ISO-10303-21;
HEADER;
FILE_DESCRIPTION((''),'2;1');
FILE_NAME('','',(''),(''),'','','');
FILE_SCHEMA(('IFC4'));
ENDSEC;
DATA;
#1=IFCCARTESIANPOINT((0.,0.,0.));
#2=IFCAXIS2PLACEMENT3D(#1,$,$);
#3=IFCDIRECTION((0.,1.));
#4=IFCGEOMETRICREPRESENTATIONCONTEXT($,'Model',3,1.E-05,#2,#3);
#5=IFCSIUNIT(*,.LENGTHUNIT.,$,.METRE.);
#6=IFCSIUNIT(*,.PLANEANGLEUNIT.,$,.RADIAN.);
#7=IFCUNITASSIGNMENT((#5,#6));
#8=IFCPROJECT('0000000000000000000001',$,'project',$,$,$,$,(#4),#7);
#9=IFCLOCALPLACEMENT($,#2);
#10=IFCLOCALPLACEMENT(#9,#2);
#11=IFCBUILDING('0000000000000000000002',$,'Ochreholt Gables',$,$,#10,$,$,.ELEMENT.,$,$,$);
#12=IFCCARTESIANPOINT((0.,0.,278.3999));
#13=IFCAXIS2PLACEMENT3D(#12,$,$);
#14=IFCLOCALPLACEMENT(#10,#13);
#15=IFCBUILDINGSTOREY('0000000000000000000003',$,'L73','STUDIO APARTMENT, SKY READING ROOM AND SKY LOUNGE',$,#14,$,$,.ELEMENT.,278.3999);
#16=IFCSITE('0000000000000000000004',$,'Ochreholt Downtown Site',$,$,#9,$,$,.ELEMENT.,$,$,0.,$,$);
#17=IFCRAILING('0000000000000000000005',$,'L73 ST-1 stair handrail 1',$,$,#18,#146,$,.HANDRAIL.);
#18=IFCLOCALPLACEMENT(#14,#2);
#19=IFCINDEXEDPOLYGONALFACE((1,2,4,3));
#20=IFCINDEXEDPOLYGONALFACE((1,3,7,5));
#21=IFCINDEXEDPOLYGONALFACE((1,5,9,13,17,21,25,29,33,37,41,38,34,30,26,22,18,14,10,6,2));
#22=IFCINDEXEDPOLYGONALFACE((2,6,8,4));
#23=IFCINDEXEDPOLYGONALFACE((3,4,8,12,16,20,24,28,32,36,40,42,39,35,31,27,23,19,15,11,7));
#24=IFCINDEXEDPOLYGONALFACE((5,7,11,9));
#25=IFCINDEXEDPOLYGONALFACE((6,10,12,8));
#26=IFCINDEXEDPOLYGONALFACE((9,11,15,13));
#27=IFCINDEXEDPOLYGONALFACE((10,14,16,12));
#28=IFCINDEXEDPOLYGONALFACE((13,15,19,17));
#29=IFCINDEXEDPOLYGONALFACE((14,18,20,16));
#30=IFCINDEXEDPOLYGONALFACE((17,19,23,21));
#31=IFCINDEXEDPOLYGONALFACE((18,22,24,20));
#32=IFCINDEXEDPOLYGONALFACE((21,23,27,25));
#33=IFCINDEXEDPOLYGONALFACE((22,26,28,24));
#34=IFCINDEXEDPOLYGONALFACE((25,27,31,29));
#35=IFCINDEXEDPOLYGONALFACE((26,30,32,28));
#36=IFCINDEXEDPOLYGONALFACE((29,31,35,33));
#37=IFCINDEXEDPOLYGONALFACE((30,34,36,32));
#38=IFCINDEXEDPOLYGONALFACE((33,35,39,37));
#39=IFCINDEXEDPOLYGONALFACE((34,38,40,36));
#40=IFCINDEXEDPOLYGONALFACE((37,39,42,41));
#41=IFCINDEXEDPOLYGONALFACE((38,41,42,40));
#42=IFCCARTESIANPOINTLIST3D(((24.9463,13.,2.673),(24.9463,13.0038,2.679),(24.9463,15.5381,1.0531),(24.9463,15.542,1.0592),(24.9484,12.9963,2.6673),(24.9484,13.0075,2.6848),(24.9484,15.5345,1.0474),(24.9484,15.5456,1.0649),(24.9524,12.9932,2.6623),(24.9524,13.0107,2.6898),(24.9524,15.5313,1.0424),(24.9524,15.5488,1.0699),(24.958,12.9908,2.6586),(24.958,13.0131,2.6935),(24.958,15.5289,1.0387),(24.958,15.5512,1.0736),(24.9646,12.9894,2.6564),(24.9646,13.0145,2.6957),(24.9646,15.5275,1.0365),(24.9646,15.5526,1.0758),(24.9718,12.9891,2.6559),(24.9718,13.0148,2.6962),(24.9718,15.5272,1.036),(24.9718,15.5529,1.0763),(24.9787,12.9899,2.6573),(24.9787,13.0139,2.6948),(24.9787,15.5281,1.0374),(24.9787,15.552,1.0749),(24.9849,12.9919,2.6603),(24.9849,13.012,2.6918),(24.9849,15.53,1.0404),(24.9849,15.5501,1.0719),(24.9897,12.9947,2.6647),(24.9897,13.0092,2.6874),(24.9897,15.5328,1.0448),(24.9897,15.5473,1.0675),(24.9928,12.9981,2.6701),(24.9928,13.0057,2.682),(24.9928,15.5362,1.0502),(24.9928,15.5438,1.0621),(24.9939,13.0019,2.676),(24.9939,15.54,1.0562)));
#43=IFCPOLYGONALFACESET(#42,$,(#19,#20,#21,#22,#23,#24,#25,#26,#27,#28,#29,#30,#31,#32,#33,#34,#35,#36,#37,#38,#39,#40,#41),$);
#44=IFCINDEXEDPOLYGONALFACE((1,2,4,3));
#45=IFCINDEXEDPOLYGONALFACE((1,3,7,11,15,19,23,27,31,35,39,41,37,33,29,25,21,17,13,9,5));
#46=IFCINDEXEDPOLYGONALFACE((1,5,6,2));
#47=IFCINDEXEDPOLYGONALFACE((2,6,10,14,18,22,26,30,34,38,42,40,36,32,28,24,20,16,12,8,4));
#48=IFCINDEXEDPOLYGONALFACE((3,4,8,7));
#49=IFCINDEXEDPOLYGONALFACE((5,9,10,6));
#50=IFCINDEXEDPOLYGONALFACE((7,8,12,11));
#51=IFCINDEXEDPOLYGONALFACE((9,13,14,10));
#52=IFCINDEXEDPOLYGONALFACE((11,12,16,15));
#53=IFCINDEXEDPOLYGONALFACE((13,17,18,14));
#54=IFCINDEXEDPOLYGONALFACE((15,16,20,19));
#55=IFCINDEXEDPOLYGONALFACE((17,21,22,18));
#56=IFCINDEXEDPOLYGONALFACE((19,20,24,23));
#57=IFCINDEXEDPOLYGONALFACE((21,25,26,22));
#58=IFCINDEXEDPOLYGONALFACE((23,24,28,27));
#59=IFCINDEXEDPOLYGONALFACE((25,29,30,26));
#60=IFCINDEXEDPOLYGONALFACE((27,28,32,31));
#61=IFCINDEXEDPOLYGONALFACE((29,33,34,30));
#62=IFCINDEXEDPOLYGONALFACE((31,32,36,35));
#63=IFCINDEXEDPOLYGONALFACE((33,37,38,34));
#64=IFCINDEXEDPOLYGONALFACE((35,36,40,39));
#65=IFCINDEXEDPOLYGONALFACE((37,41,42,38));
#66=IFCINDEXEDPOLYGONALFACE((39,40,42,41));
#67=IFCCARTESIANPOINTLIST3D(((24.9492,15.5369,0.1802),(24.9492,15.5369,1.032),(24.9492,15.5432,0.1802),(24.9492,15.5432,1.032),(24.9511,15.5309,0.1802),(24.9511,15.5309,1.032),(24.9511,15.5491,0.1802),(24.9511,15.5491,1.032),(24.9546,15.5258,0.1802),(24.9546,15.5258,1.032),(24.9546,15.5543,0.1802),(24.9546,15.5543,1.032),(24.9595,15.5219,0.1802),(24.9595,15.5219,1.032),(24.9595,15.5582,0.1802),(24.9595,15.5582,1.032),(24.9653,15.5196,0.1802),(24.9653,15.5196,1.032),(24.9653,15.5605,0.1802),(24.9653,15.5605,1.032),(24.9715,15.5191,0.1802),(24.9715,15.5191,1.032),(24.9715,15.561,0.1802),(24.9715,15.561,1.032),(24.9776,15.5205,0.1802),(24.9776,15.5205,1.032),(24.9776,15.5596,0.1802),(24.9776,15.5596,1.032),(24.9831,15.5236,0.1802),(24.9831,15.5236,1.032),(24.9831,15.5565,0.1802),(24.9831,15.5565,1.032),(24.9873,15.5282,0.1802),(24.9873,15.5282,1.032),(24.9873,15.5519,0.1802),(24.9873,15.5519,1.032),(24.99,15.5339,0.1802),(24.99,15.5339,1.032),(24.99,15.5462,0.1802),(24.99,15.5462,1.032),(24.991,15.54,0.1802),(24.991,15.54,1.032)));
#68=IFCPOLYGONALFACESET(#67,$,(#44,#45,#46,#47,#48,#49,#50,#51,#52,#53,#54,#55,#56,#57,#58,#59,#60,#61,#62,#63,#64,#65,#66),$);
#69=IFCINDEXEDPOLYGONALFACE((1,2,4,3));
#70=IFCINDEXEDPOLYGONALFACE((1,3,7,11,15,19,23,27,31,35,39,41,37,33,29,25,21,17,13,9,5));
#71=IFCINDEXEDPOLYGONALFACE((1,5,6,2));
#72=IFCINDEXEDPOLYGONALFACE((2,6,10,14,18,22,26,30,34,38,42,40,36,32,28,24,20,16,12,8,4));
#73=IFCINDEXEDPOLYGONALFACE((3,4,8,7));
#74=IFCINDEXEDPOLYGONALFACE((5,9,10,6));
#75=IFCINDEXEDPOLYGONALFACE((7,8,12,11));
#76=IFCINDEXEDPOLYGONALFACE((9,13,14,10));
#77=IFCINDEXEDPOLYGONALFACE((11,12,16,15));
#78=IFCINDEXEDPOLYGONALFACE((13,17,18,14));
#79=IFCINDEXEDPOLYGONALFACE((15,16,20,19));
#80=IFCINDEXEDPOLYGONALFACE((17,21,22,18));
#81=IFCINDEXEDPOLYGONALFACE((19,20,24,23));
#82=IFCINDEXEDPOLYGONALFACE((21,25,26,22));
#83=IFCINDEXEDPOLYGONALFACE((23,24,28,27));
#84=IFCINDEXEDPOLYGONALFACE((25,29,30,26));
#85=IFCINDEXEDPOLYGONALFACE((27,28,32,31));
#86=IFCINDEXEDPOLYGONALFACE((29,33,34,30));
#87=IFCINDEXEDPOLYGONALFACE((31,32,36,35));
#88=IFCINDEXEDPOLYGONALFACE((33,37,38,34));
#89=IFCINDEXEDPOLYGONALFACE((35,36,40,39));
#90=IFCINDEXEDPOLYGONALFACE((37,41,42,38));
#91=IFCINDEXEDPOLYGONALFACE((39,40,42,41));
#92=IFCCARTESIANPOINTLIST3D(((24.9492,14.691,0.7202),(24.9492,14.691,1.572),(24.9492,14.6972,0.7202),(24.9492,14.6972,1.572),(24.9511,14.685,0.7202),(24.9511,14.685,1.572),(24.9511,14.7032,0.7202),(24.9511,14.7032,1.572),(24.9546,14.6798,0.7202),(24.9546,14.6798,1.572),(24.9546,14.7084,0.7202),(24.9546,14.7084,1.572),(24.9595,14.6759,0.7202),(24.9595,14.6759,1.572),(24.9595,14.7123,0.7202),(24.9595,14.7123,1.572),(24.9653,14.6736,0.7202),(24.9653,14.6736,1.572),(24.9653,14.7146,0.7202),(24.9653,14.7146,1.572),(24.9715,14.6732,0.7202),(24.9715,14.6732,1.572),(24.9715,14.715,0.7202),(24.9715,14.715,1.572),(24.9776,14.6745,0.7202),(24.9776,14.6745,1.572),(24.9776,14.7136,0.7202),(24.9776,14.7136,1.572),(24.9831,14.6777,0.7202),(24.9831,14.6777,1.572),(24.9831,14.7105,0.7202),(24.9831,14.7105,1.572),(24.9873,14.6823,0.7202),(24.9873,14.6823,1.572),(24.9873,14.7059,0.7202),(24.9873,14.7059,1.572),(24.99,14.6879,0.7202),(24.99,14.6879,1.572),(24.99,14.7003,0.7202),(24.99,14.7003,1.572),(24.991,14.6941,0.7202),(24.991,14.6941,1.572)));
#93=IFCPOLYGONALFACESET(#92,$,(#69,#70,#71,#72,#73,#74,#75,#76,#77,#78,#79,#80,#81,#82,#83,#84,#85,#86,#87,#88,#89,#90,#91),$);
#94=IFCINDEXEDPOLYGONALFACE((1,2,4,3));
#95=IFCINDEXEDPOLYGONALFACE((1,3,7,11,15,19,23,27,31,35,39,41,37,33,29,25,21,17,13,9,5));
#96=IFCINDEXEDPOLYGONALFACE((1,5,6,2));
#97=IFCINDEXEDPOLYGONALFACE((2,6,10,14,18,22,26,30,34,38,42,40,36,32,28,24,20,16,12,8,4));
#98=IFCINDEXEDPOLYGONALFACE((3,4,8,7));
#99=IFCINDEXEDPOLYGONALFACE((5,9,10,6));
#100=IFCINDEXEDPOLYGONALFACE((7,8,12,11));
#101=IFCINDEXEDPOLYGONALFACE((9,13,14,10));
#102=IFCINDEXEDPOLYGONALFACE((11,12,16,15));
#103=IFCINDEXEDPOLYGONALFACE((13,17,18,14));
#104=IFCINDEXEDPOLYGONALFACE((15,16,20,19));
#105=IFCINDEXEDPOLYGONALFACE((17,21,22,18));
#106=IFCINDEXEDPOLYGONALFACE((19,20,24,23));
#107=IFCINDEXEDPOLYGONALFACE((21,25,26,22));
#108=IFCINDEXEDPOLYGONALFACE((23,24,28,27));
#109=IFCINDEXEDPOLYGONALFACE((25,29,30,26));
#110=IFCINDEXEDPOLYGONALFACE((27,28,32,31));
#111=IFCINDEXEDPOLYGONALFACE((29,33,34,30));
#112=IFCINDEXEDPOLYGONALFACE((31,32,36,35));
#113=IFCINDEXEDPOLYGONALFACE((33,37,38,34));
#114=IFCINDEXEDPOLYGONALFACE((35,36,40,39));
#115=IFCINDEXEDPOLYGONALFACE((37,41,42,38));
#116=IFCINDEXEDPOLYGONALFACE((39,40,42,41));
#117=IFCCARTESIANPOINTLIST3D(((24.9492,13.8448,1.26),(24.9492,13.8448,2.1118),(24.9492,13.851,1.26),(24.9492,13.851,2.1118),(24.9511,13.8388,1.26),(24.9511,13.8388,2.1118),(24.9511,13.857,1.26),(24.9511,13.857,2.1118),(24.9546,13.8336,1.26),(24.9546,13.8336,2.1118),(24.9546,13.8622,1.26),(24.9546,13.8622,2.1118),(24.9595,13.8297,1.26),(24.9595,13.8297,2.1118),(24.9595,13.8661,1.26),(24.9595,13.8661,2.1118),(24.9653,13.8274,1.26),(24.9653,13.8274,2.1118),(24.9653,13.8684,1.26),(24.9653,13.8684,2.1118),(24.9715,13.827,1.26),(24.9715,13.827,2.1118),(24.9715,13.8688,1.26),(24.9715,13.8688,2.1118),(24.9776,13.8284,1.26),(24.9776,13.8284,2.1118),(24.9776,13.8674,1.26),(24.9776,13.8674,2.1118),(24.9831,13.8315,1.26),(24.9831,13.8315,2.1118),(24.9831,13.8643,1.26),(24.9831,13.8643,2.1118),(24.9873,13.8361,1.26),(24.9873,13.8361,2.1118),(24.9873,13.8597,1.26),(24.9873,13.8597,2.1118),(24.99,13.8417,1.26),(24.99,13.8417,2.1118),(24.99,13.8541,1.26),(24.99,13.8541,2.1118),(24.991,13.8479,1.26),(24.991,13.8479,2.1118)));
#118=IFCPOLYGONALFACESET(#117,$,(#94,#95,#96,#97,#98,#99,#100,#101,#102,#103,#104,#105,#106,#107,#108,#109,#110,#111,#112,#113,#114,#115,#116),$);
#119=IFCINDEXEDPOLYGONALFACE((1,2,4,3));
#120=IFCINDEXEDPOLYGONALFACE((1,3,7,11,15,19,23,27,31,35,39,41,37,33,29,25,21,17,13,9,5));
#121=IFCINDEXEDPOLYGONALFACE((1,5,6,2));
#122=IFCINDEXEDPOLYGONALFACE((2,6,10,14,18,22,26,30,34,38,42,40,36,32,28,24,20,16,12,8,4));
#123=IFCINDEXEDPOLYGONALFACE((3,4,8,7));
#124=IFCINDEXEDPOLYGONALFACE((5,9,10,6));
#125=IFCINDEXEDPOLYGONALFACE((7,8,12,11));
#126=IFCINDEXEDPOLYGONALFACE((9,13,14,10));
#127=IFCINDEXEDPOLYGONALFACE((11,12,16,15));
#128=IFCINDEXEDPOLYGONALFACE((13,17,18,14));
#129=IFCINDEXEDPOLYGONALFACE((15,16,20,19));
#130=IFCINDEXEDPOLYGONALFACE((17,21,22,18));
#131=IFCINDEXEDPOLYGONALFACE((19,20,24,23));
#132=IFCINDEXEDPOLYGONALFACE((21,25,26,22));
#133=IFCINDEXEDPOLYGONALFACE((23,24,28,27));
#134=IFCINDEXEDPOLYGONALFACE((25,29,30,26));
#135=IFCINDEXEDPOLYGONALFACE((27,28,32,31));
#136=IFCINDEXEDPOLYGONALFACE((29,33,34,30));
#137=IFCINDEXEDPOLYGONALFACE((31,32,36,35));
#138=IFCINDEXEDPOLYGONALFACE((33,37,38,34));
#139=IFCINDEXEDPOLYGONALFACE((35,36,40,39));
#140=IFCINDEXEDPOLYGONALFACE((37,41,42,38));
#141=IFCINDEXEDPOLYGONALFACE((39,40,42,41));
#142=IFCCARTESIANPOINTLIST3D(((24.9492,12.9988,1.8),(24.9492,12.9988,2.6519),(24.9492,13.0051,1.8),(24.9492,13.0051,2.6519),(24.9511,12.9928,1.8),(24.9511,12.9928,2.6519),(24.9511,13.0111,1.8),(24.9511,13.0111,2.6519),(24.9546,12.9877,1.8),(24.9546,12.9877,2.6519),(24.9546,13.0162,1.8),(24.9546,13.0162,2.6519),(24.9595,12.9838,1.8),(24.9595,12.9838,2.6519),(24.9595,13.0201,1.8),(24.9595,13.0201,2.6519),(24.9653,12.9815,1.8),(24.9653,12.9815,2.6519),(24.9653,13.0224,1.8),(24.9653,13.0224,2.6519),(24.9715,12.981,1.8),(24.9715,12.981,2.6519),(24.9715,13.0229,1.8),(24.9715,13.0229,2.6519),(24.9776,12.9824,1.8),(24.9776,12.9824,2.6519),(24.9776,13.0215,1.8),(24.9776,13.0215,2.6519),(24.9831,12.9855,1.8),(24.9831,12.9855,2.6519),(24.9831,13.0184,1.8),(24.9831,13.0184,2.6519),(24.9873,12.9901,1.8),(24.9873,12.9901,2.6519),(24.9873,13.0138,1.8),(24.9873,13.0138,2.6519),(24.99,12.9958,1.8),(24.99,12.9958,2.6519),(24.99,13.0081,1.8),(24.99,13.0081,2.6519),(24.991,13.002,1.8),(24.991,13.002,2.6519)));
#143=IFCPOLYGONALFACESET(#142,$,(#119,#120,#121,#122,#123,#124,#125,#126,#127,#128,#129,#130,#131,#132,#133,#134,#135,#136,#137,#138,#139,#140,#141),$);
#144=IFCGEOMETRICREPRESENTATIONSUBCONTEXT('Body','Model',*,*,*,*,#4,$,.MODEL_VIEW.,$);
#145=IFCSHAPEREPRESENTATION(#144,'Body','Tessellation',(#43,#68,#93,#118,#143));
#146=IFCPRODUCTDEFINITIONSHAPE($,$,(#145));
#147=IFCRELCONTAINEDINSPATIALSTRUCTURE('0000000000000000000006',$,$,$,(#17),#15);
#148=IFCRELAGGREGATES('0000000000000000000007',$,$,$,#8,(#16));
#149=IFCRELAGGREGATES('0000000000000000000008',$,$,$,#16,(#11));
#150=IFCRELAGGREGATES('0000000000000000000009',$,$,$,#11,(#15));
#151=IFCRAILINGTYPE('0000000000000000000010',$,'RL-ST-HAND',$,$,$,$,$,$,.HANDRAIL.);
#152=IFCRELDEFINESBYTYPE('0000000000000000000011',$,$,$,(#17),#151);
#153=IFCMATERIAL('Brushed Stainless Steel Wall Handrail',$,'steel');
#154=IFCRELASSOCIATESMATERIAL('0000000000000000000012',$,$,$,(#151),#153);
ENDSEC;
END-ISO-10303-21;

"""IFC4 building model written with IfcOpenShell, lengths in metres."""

from ifc_helpers import new_model, si_unit, direction, frame, origin, origin_2d, place, context, subcontext, project, spatial, circle, extrude, material, type_object, element, save


model = new_model("IFC4")

# Units and contexts
model_context = context("Model", 3, precision=1e-05, world=origin(), true_north=direction((0.0, 1.0)))
body_context = subcontext(model_context, "Body", "Model", "MODEL_VIEW")
ifc_project = project(units=[si_unit("LENGTHUNIT", "METRE"), si_unit("PLANEANGLEUNIT", "RADIAN")], contexts=[model_context])

# Site, building, storey
site_placement = place(None, origin())
site = spatial("IfcSite", under=ifc_project, at=site_placement, Name="Ochreholt Downtown Site", CompositionType="ELEMENT", RefElevation=0.0)
building_placement = place(site_placement, origin())
building = spatial("IfcBuilding", under=site, at=building_placement, Name="Ochreholt Gables", CompositionType="ELEMENT")
storey_placement = place(building_placement, frame((0.0, 0.0, 278.3999)))
storey = spatial("IfcBuildingStorey", under=building, at=storey_placement, Name="L73", Description="STUDIO APARTMENT, SKY READING ROOM AND SKY LOUNGE", CompositionType="ELEMENT", Elevation=278.3999)

# Railing
ifc_material_1 = material(Name="Brushed Stainless Steel Wall Handrail", Category="steel")
railing_type = type_object("IfcRailingType", Name="RL-ST-HAND", PredefinedType="HANDRAIL", material=ifc_material_1)
railing_placement = place(storey_placement, frame((24.97, 15.54, 0.1802)))
element("IfcRailing", 1, at=railing_placement, inside=storey, type_object=railing_type, Name="L73 ST-1 stair handrail 1", PredefinedType="HANDRAIL", context=body_context, shape_type="SweptSolid", body=[
    extrude(circle(Radius=0.0239, at=origin_2d()), frame((0.0, 0.0, 0.876), z_axis=(0.0, -0.84295, 0.537993), x_axis=(1.0, 0.0, 0.0)), (0.0, 0.0, 1.0), 3.011),
    extrude(circle(Radius=0.021, at=origin_2d()), origin(), (0.0, 0.0, 1.0), 0.8518),
    extrude(circle(Radius=0.021, at=origin_2d()), frame((0.0, -0.8459, 0.54)), (0.0, 0.0, 1.0), 0.8518),
    extrude(circle(Radius=0.021, at=origin_2d()), frame((0.0, -1.6921, 1.0798)), (0.0, 0.0, 1.0), 0.8518),
    extrude(circle(Radius=0.021, at=origin_2d()), frame((0.0, -2.5381, 1.6199)), (0.0, 0.0, 1.0), 0.8518),
])

save(model, "model.ifc")
